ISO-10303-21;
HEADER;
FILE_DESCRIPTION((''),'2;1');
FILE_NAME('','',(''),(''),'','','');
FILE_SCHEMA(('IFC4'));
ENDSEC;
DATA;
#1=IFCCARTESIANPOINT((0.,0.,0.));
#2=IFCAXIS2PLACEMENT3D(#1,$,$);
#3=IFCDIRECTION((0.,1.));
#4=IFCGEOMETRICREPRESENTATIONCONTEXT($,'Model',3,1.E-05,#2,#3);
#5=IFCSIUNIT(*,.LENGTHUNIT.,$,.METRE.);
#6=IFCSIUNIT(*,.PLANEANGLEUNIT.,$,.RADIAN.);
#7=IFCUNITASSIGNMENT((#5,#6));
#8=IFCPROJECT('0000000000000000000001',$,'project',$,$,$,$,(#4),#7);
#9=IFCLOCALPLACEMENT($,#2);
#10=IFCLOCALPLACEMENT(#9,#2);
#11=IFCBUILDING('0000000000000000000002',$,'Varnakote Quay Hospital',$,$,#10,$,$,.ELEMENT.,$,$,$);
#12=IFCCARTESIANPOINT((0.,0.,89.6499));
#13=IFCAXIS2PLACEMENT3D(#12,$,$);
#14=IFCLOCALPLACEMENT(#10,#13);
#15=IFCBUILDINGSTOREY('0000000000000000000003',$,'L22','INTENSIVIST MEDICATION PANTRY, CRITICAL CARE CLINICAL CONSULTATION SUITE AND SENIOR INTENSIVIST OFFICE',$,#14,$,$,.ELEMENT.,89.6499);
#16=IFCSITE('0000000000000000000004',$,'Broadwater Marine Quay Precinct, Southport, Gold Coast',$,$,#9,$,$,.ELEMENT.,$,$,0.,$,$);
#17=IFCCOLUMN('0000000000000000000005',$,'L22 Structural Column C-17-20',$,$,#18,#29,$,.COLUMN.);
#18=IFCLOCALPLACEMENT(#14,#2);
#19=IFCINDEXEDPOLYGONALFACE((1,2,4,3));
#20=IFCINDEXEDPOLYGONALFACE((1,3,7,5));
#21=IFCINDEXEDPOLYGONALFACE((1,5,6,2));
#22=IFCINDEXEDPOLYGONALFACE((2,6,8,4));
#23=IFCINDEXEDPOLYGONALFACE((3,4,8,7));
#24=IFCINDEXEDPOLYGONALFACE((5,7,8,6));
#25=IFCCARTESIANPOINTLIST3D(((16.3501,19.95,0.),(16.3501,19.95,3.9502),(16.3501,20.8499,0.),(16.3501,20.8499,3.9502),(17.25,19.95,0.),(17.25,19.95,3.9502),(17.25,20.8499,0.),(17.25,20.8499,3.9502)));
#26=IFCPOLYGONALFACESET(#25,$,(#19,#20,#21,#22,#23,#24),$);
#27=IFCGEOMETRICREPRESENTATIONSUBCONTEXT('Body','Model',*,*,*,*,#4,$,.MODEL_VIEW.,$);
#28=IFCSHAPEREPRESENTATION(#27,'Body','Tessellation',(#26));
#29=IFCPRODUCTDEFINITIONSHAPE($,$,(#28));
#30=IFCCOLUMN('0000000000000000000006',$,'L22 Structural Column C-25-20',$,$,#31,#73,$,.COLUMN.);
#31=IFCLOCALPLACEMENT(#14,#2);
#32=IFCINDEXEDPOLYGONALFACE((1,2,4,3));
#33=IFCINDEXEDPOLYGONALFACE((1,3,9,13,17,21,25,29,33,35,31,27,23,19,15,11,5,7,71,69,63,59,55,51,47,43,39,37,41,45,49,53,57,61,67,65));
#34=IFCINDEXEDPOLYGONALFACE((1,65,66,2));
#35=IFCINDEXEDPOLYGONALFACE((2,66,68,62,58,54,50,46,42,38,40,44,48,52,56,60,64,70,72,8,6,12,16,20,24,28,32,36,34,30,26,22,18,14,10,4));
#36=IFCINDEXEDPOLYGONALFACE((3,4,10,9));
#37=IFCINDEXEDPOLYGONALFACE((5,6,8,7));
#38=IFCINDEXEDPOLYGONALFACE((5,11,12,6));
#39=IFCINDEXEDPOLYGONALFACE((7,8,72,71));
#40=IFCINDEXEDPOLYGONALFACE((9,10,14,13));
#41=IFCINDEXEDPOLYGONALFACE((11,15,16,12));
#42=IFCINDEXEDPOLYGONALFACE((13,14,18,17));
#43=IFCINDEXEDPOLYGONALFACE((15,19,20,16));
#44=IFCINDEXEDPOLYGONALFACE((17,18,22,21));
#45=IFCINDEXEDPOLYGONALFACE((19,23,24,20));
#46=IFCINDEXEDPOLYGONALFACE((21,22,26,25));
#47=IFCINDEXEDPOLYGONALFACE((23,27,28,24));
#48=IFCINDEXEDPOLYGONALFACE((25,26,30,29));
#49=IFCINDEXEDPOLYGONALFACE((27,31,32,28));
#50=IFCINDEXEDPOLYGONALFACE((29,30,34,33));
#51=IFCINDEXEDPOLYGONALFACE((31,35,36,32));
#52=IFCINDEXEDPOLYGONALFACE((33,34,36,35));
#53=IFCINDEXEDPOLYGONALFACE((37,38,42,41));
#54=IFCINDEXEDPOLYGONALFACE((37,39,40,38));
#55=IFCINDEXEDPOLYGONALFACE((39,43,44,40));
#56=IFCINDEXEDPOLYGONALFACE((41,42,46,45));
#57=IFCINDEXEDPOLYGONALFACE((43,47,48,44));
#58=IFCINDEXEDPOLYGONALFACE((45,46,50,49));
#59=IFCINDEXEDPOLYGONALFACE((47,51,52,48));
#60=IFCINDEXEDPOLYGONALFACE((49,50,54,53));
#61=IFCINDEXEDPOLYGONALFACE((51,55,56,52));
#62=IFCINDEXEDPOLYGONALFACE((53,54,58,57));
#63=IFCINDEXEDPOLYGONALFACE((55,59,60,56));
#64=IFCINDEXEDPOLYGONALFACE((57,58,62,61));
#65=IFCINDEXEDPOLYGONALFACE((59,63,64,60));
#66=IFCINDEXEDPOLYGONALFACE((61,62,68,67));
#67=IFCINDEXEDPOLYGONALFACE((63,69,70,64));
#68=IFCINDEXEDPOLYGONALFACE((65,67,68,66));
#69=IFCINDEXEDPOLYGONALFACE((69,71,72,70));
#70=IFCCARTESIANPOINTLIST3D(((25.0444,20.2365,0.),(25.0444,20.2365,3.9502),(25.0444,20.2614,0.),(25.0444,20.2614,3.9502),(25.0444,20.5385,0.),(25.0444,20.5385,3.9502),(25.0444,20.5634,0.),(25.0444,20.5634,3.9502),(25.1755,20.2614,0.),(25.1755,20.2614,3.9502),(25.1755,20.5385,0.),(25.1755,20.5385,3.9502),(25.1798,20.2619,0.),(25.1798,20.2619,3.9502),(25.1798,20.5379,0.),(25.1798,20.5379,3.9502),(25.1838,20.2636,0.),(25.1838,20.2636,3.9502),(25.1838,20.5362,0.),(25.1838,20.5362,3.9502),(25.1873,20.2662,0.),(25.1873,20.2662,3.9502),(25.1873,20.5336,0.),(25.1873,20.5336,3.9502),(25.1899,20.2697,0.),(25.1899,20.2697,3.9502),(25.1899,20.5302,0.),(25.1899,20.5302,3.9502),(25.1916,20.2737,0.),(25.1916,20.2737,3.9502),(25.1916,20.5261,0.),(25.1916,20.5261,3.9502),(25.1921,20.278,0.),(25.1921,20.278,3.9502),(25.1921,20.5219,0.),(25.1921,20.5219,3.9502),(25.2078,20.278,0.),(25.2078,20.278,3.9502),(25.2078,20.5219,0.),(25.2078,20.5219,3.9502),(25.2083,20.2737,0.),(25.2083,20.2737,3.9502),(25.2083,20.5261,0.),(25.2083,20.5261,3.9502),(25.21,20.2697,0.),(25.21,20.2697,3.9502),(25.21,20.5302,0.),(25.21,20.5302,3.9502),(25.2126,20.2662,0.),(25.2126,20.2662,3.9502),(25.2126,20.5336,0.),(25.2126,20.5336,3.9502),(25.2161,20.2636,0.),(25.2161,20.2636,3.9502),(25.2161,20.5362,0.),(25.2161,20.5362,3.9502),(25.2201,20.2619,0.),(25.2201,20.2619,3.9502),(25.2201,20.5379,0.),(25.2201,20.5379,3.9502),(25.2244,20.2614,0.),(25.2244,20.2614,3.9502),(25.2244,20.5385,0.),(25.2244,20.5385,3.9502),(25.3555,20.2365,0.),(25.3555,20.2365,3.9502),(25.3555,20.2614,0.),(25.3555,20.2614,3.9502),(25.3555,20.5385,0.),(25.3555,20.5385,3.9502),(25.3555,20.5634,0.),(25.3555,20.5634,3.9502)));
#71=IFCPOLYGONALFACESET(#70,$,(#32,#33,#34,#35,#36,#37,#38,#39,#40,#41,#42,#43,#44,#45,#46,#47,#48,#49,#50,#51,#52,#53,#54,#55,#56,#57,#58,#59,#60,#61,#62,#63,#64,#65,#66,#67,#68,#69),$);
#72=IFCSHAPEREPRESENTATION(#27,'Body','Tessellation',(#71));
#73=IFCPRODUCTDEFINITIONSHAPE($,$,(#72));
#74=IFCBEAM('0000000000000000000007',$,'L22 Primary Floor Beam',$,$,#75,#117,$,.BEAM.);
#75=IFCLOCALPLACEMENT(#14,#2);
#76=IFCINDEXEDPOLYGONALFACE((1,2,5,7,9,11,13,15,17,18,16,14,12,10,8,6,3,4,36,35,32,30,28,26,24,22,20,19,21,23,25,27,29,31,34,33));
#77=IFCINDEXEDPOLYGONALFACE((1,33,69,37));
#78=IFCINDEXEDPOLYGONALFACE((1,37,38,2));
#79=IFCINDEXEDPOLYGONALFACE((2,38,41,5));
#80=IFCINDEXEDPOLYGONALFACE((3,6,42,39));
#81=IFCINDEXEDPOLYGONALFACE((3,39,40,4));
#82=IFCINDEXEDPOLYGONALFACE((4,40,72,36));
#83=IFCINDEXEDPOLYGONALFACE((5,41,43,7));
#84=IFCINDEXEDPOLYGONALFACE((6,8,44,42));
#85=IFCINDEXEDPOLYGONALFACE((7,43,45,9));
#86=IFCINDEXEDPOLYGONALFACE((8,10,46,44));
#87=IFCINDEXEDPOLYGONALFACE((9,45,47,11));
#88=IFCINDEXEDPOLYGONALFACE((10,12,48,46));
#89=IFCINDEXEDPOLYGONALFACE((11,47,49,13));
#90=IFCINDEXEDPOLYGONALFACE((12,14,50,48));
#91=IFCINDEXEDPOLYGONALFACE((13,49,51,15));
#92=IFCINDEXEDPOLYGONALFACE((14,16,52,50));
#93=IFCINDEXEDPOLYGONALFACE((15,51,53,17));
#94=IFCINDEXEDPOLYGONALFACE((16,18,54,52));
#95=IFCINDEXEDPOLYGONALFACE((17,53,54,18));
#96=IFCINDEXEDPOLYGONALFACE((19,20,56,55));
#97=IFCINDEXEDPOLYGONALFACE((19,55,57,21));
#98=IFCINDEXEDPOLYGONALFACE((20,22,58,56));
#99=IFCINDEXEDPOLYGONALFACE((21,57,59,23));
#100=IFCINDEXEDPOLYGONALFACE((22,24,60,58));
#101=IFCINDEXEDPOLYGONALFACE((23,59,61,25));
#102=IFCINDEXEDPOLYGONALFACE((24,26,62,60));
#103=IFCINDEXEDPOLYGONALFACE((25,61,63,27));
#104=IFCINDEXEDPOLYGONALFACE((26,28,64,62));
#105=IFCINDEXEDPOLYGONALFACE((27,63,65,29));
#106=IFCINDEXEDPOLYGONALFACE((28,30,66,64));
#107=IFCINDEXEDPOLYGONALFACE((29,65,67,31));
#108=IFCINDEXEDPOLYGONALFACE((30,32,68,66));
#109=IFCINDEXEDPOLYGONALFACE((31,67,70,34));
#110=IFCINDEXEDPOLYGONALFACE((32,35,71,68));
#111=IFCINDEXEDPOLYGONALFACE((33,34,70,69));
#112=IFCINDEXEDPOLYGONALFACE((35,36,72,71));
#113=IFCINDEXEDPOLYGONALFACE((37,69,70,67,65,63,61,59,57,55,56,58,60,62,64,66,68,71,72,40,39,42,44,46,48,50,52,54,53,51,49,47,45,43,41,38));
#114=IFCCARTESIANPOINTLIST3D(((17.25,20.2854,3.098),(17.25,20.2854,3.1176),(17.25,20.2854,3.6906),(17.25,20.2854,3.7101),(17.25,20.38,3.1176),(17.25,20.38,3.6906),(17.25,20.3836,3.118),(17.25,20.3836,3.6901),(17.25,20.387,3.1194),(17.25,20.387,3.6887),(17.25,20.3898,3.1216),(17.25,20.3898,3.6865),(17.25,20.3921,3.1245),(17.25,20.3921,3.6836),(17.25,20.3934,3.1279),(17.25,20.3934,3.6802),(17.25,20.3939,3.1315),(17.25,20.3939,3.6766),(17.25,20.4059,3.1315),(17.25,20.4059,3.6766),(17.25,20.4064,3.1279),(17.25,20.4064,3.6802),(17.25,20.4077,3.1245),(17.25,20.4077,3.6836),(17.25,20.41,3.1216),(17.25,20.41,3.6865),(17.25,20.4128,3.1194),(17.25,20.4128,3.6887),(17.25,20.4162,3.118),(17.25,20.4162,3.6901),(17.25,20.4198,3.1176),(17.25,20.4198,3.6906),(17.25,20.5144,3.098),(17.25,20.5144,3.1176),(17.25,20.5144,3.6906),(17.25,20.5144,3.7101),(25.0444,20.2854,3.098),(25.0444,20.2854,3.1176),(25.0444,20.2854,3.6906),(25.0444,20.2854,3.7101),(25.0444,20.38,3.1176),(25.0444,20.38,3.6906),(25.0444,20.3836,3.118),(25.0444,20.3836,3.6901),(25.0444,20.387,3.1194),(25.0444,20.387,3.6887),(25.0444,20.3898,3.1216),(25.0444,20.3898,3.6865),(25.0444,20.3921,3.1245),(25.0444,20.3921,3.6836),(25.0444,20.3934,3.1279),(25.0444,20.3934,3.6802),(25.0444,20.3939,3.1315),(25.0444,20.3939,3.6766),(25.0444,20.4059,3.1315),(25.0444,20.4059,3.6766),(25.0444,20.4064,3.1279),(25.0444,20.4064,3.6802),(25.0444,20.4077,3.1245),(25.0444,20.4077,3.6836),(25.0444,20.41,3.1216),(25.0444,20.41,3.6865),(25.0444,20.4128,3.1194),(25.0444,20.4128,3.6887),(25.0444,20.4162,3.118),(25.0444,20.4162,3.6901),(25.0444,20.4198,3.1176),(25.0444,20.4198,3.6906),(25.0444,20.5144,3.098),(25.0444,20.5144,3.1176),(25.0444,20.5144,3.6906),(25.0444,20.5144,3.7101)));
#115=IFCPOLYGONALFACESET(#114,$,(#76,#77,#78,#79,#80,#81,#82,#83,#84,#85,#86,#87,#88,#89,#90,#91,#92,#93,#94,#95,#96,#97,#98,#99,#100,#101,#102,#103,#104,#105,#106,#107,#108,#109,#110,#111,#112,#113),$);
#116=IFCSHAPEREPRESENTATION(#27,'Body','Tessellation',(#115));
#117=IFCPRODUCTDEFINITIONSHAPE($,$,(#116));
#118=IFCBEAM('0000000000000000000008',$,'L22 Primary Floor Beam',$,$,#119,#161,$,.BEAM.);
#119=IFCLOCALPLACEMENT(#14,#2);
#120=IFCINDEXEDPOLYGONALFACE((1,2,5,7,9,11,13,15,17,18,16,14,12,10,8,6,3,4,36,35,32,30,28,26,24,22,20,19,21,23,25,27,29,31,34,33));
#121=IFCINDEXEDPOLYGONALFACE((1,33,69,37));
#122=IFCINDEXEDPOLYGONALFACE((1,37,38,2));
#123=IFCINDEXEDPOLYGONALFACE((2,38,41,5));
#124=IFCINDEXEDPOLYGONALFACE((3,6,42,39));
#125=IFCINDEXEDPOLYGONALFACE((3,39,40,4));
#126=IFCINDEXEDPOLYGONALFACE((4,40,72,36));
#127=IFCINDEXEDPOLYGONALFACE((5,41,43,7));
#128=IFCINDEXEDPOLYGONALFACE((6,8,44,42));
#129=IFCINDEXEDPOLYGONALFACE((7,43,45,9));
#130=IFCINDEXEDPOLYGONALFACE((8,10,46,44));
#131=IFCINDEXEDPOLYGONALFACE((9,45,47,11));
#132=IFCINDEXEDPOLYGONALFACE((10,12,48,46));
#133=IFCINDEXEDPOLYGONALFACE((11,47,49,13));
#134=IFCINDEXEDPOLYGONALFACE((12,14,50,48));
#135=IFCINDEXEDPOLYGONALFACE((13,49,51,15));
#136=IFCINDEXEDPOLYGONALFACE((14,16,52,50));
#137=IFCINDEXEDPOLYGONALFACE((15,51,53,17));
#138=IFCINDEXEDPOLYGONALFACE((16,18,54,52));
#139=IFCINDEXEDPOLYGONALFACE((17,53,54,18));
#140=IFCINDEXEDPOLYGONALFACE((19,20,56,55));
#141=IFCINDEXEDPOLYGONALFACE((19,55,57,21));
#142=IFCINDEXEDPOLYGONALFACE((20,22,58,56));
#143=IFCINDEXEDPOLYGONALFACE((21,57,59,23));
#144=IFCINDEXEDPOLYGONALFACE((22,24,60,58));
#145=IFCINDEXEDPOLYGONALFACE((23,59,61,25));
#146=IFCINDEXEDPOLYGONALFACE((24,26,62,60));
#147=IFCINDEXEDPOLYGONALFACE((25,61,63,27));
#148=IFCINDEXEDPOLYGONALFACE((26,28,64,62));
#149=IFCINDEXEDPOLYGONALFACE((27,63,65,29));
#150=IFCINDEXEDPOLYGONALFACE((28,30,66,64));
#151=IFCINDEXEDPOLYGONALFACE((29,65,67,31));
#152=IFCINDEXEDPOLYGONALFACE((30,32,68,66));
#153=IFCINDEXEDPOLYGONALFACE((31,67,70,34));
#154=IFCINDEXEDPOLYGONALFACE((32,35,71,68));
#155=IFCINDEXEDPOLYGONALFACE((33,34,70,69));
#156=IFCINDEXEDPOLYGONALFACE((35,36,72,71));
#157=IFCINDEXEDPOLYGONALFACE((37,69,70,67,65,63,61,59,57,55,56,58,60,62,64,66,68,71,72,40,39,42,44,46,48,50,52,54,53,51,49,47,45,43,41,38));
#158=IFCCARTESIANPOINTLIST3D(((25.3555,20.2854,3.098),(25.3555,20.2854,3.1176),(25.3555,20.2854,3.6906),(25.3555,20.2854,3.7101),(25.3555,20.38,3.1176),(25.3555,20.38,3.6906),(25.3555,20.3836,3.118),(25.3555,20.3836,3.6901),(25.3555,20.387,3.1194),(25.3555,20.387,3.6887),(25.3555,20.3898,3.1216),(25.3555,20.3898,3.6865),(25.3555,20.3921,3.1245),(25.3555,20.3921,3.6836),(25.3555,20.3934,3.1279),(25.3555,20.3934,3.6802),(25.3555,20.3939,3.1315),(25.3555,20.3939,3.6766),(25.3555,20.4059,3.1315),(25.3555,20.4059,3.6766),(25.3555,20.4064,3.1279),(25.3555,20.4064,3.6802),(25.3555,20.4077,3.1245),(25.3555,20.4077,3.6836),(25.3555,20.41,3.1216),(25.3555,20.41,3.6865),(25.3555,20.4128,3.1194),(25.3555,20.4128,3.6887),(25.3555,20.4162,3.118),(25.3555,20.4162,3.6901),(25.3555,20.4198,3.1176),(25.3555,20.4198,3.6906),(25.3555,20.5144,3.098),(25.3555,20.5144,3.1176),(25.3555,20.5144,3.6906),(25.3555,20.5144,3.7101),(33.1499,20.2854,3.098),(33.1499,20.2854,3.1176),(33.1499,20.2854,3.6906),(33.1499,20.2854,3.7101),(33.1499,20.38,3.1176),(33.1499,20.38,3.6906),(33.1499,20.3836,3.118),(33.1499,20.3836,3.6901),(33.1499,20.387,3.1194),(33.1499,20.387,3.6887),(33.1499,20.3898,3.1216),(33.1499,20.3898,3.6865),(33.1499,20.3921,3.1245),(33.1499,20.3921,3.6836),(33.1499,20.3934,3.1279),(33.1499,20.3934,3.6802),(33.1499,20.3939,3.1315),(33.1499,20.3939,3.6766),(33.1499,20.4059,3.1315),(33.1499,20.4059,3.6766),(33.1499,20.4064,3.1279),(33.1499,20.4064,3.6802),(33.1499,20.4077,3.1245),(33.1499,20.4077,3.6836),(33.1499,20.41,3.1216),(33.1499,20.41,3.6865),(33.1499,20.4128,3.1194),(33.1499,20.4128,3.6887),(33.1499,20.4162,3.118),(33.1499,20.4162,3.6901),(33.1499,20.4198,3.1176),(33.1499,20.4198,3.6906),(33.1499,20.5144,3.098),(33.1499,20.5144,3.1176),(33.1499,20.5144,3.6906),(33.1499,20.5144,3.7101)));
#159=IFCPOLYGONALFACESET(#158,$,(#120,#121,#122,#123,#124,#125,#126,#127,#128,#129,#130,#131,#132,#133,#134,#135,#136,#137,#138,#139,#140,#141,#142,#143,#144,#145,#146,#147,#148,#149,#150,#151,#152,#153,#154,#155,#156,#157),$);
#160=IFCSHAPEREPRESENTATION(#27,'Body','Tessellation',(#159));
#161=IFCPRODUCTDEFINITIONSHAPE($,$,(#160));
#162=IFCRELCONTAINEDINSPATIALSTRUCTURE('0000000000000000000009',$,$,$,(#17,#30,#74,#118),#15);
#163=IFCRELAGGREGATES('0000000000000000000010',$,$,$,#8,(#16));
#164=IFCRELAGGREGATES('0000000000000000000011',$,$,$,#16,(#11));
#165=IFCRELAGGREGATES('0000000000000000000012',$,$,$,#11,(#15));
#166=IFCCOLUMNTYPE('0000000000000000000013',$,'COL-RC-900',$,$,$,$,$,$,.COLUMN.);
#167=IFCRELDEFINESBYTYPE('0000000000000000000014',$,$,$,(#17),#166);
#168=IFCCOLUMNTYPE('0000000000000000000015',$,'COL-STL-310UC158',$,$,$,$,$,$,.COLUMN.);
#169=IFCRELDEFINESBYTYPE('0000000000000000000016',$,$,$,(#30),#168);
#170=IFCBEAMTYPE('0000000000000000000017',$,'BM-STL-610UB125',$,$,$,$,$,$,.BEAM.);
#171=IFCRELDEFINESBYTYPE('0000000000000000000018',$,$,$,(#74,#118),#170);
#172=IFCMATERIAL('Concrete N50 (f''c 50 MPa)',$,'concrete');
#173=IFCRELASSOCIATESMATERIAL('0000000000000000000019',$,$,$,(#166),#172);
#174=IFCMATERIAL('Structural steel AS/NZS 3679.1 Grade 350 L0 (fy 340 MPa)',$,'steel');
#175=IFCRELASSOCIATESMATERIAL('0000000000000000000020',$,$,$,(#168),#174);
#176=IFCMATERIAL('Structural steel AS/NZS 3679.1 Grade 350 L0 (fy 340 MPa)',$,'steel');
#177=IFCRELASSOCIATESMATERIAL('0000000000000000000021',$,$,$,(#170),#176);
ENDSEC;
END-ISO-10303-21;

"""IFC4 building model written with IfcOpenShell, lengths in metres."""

from ifc_helpers import new_model, si_unit, direction, frame, origin, origin_2d, place, context, subcontext, project, spatial, rectangle, i_section, extrude, material, material_profile, profile_set, type_object, element, save


model = new_model("IFC4")

# Units and contexts
model_context = context("Model", 3, precision=1e-05, world=origin(), true_north=direction((0.0, 1.0)))
body_context = subcontext(model_context, "Body", "Model", "MODEL_VIEW")
ifc_project = project(units=[si_unit("LENGTHUNIT", "METRE"), si_unit("PLANEANGLEUNIT", "RADIAN")], contexts=[model_context])

# Site, building, storey
site_placement = place(None, origin())
site = spatial("IfcSite", under=ifc_project, at=site_placement, Name="Broadwater Marine Quay Precinct, Southport, Gold Coast", CompositionType="ELEMENT", RefElevation=0.0)
building_placement = place(site_placement, origin())
building = spatial("IfcBuilding", under=site, at=building_placement, Name="Varnakote Quay Hospital", CompositionType="ELEMENT")
storey_placement = place(building_placement, frame((0.0, 0.0, 89.6499)))
storey = spatial("IfcBuildingStorey", under=building, at=storey_placement, Name="L22", Description="INTENSIVIST MEDICATION PANTRY, CRITICAL CARE CLINICAL CONSULTATION SUITE AND SENIOR INTENSIVIST OFFICE", CompositionType="ELEMENT", Elevation=89.6499)

# Columns
ifc_material_1 = material(Name="Concrete N50 (f'c 50 MPa)", Category="concrete")
ifc_material_profile_1 = material_profile(ifc_material_1, rectangle(XDim=0.8999, YDim=0.8999, at=origin_2d()), Name="RC-COL-900x900")
ifc_profile_set_1 = profile_set([ifc_material_profile_1], Name="Concrete N50 (f'c 50 MPa)")
column_type_1 = type_object("IfcColumnType", Name="COL-RC-900", PredefinedType="COLUMN", material=ifc_profile_set_1)
column_1_placement = place(storey_placement, frame((16.8, 20.3999, 0.0), z_axis=(0.0, 0.0, 1.0), x_axis=(1.0, 0.0, 0.0)))
element("IfcColumn", 1, at=column_1_placement, inside=storey, type_object=column_type_1, Name="L22 Structural Column C-17-20", PredefinedType="COLUMN", context=body_context, shape_type="SweptSolid", body=[
    extrude(rectangle(XDim=0.8999, YDim=0.8999, at=origin_2d()), origin(), (0.0, 0.0, 1.0), 3.9502),
])
ifc_material_2 = material(Name="Structural steel AS/NZS 3679.1 Grade 350 L0 (fy 340 MPa)", Category="steel")
ifc_material_profile_2 = material_profile(ifc_material_2, i_section(OverallWidth=0.311, OverallDepth=0.3269, WebThickness=0.0156, FlangeThickness=0.0249, FilletRadius=0.0166, at=origin_2d()), Name="310UC158")
ifc_profile_set_2 = profile_set([ifc_material_profile_2], Name="Structural steel AS/NZS 3679.1 Grade 350 L0 (fy 340 MPa)")
column_type_2 = type_object("IfcColumnType", Name="COL-STL-310UC158", PredefinedType="COLUMN", material=ifc_profile_set_2)
column_2_placement = place(storey_placement, frame((25.2, 20.3999, 0.0), z_axis=(0.0, 0.0, 1.0), x_axis=(1.0, 0.0, 0.0)))
element("IfcColumn", 2, at=column_2_placement, inside=storey, type_object=column_type_2, Name="L22 Structural Column C-25-20", PredefinedType="COLUMN", context=body_context, shape_type="SweptSolid", body=[
    extrude(i_section(OverallWidth=0.311, OverallDepth=0.3269, WebThickness=0.0156, FlangeThickness=0.0249, FilletRadius=0.0166, at=origin_2d()), origin(), (0.0, 0.0, 1.0), 3.9502),
])

# Beams
ifc_material_3 = material(Name="Structural steel AS/NZS 3679.1 Grade 350 L0 (fy 340 MPa)", Category="steel")
ifc_material_profile_3 = material_profile(ifc_material_3, i_section(OverallWidth=0.229, OverallDepth=0.6121, WebThickness=0.012, FlangeThickness=0.0195, FilletRadius=0.0139, at=origin_2d()), Name="610UB125")
ifc_profile_set_3 = profile_set([ifc_material_profile_3], Name="Structural steel AS/NZS 3679.1 Grade 350 L0 (fy 340 MPa)")
beam_type_1 = type_object("IfcBeamType", Name="BM-STL-610UB125", PredefinedType="BEAM", material=ifc_profile_set_3)
for number, where, z_axis, x_axis, name in (
    (3, (17.25, 20.3999, 3.4041), (1.0, 0.0, 0.0), (0.0, 1.0, 0.0), "L22 Primary Floor Beam"),
    (4, (25.3555, 20.3999, 3.4041), (1.0, 0.0, 0.0), (0.0, 1.0, 0.0), "L22 Primary Floor Beam"),
):
    element("IfcBeam", number, at=place(storey_placement, frame(where, z_axis=z_axis, x_axis=x_axis)), inside=storey, type_object=beam_type_1, Name=name, PredefinedType="BEAM", context=body_context, shape_type="SweptSolid", body=[
        extrude(i_section(OverallWidth=0.229, OverallDepth=0.6121, WebThickness=0.012, FlangeThickness=0.0195, FilletRadius=0.0139, at=origin_2d()), origin(), (0.0, 0.0, 1.0), 7.7944),
    ])

save(model, "model.ifc")
